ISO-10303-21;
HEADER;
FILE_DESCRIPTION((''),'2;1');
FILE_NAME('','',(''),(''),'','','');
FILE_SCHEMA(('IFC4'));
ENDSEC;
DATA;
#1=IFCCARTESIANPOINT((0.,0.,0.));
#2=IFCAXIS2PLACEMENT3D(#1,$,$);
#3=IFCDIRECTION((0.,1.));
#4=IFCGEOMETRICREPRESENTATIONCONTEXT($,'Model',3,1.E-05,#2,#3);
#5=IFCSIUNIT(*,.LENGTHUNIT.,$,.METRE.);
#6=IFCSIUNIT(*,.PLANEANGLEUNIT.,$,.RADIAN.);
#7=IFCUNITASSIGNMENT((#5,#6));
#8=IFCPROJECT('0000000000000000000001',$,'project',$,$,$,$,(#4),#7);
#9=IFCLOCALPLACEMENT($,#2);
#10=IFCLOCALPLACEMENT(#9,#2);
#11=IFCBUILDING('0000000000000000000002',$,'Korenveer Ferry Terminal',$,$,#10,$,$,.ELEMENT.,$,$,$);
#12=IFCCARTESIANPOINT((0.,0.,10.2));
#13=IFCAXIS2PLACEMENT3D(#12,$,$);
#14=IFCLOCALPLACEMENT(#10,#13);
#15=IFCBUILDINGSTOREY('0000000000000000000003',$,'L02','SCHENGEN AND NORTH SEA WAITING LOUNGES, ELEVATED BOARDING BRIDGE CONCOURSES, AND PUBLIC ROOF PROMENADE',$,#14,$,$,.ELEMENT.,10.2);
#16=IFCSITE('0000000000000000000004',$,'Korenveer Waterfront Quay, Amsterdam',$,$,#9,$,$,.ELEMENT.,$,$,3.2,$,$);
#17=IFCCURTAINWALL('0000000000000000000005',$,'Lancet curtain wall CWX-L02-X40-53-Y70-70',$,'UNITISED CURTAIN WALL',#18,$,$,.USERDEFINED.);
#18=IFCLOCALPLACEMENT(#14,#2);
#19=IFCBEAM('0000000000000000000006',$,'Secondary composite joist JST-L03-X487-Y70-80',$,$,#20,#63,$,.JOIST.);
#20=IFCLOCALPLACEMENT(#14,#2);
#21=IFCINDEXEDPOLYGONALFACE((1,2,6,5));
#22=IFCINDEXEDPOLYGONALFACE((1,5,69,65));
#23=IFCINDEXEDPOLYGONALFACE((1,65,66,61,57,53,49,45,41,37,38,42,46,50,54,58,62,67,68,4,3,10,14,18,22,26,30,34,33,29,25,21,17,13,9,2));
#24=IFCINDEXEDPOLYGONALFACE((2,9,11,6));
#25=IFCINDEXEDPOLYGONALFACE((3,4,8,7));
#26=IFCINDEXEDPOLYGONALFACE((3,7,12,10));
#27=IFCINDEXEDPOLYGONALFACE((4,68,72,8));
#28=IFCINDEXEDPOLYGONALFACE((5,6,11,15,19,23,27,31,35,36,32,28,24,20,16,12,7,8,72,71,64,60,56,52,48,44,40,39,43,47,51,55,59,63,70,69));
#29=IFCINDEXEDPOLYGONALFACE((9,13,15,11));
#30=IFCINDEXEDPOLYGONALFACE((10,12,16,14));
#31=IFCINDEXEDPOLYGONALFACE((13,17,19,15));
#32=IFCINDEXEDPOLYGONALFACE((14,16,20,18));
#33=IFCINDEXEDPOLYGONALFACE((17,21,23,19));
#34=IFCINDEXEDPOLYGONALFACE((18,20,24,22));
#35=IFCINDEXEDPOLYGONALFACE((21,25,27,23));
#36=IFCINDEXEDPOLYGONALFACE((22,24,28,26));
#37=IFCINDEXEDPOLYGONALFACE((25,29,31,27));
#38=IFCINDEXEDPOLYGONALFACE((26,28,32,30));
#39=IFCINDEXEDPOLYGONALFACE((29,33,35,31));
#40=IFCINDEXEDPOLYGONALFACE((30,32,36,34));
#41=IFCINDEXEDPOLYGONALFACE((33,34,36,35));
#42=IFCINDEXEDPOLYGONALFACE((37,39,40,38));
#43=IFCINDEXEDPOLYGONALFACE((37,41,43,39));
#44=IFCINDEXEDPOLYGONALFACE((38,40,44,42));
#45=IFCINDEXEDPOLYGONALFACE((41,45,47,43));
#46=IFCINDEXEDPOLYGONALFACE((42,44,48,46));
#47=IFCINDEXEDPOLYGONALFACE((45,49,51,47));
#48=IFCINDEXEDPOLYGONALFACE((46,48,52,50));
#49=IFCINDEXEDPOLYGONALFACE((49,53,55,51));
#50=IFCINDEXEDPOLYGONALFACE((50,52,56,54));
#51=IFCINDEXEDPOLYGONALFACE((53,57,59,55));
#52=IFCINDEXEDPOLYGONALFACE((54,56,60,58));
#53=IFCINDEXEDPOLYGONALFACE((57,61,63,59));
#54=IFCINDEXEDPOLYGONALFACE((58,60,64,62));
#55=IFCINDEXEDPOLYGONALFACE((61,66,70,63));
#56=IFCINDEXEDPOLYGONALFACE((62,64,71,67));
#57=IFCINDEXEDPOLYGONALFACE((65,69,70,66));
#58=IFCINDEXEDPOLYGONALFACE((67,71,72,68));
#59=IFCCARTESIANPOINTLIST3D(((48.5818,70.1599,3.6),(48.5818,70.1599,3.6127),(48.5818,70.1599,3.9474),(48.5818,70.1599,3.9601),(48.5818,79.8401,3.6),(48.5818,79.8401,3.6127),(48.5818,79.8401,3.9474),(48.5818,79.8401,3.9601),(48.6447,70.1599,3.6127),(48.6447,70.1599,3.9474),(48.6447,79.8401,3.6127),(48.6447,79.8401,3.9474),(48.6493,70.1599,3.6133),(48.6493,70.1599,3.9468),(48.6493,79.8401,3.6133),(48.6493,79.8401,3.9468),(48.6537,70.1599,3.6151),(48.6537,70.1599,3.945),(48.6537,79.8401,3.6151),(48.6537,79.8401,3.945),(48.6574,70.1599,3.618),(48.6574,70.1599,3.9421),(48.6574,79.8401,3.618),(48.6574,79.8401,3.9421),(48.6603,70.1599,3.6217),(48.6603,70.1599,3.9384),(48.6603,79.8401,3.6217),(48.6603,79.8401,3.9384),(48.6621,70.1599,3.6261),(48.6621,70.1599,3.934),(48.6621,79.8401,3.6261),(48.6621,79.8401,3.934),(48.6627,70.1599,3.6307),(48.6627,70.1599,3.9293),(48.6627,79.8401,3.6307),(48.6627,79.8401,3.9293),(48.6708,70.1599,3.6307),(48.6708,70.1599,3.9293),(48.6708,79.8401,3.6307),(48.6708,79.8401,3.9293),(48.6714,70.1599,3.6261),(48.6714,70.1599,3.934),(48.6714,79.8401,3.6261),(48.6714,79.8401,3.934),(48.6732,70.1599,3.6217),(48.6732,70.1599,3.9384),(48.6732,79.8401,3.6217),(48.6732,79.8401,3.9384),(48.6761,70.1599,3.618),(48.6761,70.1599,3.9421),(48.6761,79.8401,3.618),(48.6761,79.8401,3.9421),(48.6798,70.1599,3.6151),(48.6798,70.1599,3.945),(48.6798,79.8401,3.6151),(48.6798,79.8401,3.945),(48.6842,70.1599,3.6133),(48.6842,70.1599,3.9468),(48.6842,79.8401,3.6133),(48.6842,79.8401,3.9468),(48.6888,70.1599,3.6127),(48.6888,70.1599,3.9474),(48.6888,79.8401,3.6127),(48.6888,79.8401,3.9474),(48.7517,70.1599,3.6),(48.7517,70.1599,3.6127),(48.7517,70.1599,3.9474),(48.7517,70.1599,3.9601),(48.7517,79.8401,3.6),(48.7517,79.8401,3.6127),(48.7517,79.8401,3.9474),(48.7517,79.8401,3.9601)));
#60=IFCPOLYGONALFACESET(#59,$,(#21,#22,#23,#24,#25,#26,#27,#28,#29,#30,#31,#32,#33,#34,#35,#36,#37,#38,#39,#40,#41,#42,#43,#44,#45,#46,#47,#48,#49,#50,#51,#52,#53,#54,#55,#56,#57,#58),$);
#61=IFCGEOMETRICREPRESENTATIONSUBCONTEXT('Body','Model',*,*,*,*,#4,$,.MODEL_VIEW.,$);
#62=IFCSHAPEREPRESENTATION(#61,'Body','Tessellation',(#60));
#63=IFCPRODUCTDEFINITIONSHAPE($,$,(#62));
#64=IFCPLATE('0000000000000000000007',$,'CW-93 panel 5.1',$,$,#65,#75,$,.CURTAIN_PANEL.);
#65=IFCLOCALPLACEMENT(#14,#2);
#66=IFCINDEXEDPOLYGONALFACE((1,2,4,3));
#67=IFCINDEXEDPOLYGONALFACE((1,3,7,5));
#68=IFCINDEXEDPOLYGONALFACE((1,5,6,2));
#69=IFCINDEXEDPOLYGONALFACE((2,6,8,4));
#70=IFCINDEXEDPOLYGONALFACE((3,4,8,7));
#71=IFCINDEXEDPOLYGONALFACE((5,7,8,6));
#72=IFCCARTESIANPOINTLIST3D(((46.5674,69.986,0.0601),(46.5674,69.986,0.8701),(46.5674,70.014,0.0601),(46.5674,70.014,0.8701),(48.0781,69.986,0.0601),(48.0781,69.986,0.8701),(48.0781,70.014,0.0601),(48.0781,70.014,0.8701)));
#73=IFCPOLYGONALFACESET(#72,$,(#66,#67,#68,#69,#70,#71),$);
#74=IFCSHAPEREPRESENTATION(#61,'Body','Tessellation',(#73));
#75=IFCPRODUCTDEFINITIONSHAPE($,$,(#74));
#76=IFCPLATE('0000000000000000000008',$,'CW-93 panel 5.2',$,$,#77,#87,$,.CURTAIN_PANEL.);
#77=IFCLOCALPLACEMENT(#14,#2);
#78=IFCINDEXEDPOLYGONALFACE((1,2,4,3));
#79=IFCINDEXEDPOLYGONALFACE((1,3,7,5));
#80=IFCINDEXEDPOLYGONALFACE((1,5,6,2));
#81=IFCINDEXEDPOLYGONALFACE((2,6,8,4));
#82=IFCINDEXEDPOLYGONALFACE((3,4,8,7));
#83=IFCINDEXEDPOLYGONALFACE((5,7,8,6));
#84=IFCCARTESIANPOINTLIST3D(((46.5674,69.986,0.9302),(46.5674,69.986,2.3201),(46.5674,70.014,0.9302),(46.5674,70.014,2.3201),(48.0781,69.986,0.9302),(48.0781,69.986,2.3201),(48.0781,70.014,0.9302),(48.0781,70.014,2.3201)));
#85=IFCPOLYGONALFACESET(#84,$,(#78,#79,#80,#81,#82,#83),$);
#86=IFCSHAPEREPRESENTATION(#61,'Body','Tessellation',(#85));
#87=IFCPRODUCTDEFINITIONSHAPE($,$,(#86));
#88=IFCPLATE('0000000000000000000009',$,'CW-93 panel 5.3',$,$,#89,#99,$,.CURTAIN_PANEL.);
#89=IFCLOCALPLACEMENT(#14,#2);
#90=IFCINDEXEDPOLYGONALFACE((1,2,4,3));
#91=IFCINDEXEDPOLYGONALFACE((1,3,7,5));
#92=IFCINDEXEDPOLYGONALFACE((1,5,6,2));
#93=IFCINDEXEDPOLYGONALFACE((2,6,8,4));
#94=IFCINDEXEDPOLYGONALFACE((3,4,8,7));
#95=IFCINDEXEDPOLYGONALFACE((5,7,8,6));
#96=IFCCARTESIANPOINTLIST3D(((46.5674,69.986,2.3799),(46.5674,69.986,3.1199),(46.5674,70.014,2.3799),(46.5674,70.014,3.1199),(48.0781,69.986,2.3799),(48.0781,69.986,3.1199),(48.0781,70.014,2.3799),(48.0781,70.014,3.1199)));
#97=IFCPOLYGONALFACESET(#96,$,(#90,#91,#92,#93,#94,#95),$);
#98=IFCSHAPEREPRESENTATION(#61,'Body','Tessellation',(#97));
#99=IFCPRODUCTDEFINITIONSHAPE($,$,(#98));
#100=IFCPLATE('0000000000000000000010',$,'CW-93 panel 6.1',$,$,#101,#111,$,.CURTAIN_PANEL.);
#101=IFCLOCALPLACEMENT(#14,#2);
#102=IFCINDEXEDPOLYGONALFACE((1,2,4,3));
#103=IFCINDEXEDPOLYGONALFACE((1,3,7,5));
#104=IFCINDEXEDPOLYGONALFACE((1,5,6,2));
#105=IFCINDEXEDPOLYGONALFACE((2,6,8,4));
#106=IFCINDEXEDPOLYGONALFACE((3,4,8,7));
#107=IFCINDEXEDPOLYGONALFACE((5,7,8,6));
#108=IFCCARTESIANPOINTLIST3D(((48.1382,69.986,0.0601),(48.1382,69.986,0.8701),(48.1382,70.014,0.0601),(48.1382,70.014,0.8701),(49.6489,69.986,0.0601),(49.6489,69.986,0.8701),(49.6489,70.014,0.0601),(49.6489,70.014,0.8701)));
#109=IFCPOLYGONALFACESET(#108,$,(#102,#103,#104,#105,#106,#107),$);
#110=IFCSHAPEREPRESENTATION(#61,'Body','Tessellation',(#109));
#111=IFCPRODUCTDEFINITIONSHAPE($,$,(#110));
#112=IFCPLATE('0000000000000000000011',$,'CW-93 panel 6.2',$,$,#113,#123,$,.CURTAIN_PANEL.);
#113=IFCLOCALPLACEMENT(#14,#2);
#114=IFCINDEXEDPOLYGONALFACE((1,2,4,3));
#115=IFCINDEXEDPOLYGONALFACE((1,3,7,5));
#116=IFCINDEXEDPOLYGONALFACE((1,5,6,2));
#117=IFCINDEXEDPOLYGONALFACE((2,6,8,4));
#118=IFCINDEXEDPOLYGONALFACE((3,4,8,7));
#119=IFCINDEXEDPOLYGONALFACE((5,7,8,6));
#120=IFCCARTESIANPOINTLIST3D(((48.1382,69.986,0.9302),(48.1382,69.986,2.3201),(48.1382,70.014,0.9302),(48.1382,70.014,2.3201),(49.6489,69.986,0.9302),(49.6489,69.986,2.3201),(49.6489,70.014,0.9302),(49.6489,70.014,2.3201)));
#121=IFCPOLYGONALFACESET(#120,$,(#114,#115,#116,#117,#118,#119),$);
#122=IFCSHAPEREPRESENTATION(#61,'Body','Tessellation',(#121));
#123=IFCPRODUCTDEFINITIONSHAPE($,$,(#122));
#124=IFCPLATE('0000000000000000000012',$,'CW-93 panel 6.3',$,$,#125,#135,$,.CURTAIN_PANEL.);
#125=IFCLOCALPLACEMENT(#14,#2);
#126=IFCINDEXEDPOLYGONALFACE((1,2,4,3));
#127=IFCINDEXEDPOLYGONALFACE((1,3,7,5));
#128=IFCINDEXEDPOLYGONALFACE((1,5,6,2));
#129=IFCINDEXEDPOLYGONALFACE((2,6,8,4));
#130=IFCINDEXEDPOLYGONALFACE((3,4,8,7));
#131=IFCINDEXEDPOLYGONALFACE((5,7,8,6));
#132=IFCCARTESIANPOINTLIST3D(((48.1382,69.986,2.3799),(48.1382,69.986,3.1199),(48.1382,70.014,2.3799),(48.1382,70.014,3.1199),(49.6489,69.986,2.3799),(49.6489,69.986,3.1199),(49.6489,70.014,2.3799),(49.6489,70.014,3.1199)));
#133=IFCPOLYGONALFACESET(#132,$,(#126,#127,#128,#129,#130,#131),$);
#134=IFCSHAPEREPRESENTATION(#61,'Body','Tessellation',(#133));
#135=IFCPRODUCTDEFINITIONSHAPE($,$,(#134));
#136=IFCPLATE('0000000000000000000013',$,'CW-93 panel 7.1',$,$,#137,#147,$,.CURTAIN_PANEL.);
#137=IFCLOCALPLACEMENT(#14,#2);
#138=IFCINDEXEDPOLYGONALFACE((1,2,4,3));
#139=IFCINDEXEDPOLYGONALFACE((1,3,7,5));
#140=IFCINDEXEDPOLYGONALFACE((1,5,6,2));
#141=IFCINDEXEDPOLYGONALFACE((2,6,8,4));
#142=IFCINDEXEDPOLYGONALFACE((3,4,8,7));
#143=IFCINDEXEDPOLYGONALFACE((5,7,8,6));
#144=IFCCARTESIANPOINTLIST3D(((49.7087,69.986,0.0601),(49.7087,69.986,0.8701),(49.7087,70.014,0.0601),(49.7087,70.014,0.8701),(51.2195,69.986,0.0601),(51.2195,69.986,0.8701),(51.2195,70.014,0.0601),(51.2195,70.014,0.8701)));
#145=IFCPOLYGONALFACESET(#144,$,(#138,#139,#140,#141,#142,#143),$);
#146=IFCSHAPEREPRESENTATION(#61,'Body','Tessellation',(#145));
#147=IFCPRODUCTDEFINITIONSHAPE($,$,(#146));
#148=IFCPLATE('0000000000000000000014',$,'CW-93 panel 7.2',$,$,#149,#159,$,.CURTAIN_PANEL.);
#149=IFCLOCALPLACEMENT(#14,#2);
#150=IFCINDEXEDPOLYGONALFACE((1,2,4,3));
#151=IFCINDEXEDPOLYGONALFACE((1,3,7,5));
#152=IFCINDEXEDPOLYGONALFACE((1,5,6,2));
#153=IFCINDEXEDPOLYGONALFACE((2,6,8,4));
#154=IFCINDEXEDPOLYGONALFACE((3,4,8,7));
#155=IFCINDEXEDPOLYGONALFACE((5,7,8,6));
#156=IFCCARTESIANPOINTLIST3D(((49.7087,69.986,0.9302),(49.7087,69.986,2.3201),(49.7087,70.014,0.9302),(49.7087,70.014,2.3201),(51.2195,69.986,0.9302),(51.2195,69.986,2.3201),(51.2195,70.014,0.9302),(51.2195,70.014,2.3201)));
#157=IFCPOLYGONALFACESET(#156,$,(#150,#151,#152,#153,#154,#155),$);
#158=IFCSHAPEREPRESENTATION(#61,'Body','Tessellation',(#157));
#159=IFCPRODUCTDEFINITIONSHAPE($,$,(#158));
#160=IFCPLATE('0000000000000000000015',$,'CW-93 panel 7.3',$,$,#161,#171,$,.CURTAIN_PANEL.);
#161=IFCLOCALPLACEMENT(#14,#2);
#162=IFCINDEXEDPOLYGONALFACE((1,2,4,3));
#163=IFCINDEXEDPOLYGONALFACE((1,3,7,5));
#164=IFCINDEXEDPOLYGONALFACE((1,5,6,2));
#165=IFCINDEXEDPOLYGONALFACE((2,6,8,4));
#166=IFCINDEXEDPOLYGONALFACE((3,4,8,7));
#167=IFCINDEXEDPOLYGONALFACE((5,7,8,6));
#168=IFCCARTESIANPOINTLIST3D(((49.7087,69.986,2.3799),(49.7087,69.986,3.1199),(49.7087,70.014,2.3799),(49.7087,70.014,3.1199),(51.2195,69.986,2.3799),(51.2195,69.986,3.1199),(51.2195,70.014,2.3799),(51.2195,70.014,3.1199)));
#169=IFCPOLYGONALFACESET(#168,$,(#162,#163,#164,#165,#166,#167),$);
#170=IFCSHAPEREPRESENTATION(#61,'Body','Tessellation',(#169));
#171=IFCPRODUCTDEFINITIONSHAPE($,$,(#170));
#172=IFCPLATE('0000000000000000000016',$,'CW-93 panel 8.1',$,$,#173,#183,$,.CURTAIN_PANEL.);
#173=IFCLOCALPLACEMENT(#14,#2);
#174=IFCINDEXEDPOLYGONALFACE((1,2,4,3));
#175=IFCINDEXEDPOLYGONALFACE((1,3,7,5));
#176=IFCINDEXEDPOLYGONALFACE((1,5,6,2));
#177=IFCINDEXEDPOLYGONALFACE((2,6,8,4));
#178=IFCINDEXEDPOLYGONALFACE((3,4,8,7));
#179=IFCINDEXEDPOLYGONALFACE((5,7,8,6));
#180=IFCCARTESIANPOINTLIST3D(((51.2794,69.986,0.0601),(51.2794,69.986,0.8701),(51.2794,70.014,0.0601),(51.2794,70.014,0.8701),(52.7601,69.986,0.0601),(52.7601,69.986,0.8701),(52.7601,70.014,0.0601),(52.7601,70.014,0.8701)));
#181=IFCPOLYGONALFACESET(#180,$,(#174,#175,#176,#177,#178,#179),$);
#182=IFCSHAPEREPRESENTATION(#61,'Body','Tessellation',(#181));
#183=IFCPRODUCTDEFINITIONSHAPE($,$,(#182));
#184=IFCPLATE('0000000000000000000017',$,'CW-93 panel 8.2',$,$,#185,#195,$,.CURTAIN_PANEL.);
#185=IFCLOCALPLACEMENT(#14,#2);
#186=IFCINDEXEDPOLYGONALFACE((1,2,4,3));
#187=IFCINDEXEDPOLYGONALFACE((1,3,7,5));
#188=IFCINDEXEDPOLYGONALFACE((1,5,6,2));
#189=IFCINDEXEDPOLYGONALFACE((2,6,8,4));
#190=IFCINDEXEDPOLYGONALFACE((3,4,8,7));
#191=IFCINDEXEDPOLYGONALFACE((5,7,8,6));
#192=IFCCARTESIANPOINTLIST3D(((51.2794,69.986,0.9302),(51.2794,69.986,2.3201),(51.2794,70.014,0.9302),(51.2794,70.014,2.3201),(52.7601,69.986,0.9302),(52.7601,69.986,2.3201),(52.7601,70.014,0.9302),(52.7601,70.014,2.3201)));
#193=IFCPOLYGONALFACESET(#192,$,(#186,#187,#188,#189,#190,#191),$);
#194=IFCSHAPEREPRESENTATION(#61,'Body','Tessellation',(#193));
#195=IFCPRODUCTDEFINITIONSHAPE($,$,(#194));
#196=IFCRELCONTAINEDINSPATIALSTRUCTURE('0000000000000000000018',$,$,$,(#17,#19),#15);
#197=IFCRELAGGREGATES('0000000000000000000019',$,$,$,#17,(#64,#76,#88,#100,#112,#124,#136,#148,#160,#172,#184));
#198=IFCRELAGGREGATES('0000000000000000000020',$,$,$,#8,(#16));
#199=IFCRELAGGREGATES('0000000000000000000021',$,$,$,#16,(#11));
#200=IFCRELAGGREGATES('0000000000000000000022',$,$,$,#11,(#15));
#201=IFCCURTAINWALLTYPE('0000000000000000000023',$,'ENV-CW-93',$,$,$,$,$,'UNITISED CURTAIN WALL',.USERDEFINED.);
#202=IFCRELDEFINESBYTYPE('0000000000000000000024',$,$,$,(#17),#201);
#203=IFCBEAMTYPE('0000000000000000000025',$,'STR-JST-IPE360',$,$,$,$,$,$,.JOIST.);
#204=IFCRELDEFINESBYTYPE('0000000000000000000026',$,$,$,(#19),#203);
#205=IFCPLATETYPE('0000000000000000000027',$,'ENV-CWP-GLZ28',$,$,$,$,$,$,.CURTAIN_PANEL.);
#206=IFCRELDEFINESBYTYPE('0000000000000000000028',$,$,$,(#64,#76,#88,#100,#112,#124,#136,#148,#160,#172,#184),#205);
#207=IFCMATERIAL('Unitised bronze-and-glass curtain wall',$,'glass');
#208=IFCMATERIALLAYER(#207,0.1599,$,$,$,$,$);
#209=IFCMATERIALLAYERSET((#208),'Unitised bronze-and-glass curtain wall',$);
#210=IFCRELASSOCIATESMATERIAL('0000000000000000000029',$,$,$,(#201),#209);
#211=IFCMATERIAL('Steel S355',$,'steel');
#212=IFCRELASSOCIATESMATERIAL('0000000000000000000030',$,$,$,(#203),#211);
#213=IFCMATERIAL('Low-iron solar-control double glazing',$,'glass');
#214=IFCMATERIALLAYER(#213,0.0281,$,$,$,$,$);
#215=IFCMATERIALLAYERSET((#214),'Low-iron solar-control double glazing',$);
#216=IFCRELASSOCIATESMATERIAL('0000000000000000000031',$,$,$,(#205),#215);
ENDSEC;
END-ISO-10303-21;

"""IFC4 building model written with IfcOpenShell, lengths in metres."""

from ifc_helpers import new_model, si_unit, direction, frame, origin, origin_2d, place, context, subcontext, project, spatial, rectangle, i_section, extrude, material, layer, layer_set, material_profile, profile_set, type_object, element, aggregate, save


model = new_model("IFC4")

# Units and contexts
model_context = context("Model", 3, precision=1e-05, world=origin(), true_north=direction((0.0, 1.0)))
body_context = subcontext(model_context, "Body", "Model", "MODEL_VIEW")
ifc_project = project(units=[si_unit("LENGTHUNIT", "METRE"), si_unit("PLANEANGLEUNIT", "RADIAN")], contexts=[model_context])

# Site, building, storey
site_placement = place(None, origin())
site = spatial("IfcSite", under=ifc_project, at=site_placement, Name="Korenveer Waterfront Quay, Amsterdam", CompositionType="ELEMENT", RefElevation=3.2)
building_placement = place(site_placement, origin())
building = spatial("IfcBuilding", under=site, at=building_placement, Name="Korenveer Ferry Terminal", CompositionType="ELEMENT")
storey_placement = place(building_placement, frame((0.0, 0.0, 10.2)))
storey = spatial("IfcBuildingStorey", under=building, at=storey_placement, Name="L02", Description="SCHENGEN AND NORTH SEA WAITING LOUNGES, ELEVATED BOARDING BRIDGE CONCOURSES, AND PUBLIC ROOF PROMENADE", CompositionType="ELEMENT", Elevation=10.2)

# Shared definitions
ifc_material_1 = material(Name="Steel S355", Category="steel")

# Curtain wall
ifc_material_2 = material(Name="Unitised bronze-and-glass curtain wall", Category="glass")
ifc_layer_1 = layer(ifc_material_2, 0.1599)
ifc_layer_set_1 = layer_set([ifc_layer_1], Name="Unitised bronze-and-glass curtain wall")
curtain_wall_type = type_object("IfcCurtainWallType", Name="ENV-CW-93", ElementType="UNITISED CURTAIN WALL", PredefinedType="USERDEFINED", material=ifc_layer_set_1)
curtain_wall_placement = place(storey_placement, frame((40.2549, 70.0, 0.0)))
curtain_wall = element("IfcCurtainWall", 1, at=curtain_wall_placement, inside=storey, type_object=curtain_wall_type, Name="Lancet curtain wall CWX-L02-X40-53-Y70-70", ObjectType="UNITISED CURTAIN WALL", PredefinedType="USERDEFINED")

# Beam
ifc_material_profile_1 = material_profile(ifc_material_1, i_section(OverallWidth=0.1699, OverallDepth=0.3601, WebThickness=0.0081, FlangeThickness=0.0127, FilletRadius=0.0181, at=origin_2d()), Name="IPE 360")
ifc_profile_set_1 = profile_set([ifc_material_profile_1], Name="Steel S355")
beam_type_1 = type_object("IfcBeamType", Name="STR-JST-IPE360", PredefinedType="JOIST", material=ifc_profile_set_1)
beam_1_placement = place(storey_placement, frame((48.6667, 70.1599, 3.78), z_axis=(0.0, 1.0, 0.0), x_axis=(-1.0, 0.0, 0.0)))
element("IfcBeam", 2, at=beam_1_placement, inside=storey, type_object=beam_type_1, Name="Secondary composite joist JST-L03-X487-Y70-80", PredefinedType="JOIST", context=body_context, shape_type="SweptSolid", body=[
    extrude(i_section(OverallWidth=0.1699, OverallDepth=0.3601, WebThickness=0.0081, FlangeThickness=0.0127, FilletRadius=0.0181, at=origin_2d()), origin(), (0.0, 0.0, 1.0), 9.6802),
])

# Plates
ifc_material_3 = material(Name="Low-iron solar-control double glazing", Category="glass")
ifc_layer_2 = layer(ifc_material_3, 0.0281)
ifc_layer_set_2 = layer_set([ifc_layer_2], Name="Low-iron solar-control double glazing")
plate_type = type_object("IfcPlateType", Name="ENV-CWP-GLZ28", PredefinedType="CURTAIN_PANEL", material=ifc_layer_set_2)
plate_1_placement = place(storey_placement, frame((47.3228, 70.0, 0.0601), z_axis=(0.0, 0.0, 1.0), x_axis=(1.0, 0.0, 0.0)))
plate_1 = element("IfcPlate", 3, at=plate_1_placement, type_object=plate_type, Name="CW-93 panel 5.1", PredefinedType="CURTAIN_PANEL", context=body_context, shape_type="SweptSolid", body=[
    extrude(rectangle(XDim=1.5107, YDim=0.0281, at=origin_2d()), origin(), (0.0, 0.0, 1.0), 0.8101),
])
plate_2_placement = place(storey_placement, frame((47.3228, 70.0, 0.9302), z_axis=(0.0, 0.0, 1.0), x_axis=(1.0, 0.0, 0.0)))
plate_2 = element("IfcPlate", 4, at=plate_2_placement, type_object=plate_type, Name="CW-93 panel 5.2", PredefinedType="CURTAIN_PANEL", context=body_context, shape_type="SweptSolid", body=[
    extrude(rectangle(XDim=1.5107, YDim=0.0281, at=origin_2d()), origin(), (0.0, 0.0, 1.0), 1.3899),
])
plate_3_placement = place(storey_placement, frame((47.3228, 70.0, 2.3799), z_axis=(0.0, 0.0, 1.0), x_axis=(1.0, 0.0, 0.0)))
plate_3 = element("IfcPlate", 5, at=plate_3_placement, type_object=plate_type, Name="CW-93 panel 5.3", PredefinedType="CURTAIN_PANEL", context=body_context, shape_type="SweptSolid", body=[
    extrude(rectangle(XDim=1.5107, YDim=0.0281, at=origin_2d()), origin(), (0.0, 0.0, 1.0), 0.74),
])
plate_4_placement = place(storey_placement, frame((48.8936, 70.0, 0.0601), z_axis=(0.0, 0.0, 1.0), x_axis=(1.0, 0.0, 0.0)))
plate_4 = element("IfcPlate", 6, at=plate_4_placement, type_object=plate_type, Name="CW-93 panel 6.1", PredefinedType="CURTAIN_PANEL", context=body_context, shape_type="SweptSolid", body=[
    extrude(rectangle(XDim=1.5107, YDim=0.0281, at=origin_2d()), origin(), (0.0, 0.0, 1.0), 0.8101),
])
plate_5_placement = place(storey_placement, frame((48.8936, 70.0, 0.9302), z_axis=(0.0, 0.0, 1.0), x_axis=(1.0, 0.0, 0.0)))
plate_5 = element("IfcPlate", 7, at=plate_5_placement, type_object=plate_type, Name="CW-93 panel 6.2", PredefinedType="CURTAIN_PANEL", context=body_context, shape_type="SweptSolid", body=[
    extrude(rectangle(XDim=1.5107, YDim=0.0281, at=origin_2d()), origin(), (0.0, 0.0, 1.0), 1.3899),
])
plate_6_placement = place(storey_placement, frame((48.8936, 70.0, 2.3799), z_axis=(0.0, 0.0, 1.0), x_axis=(1.0, 0.0, 0.0)))
plate_6 = element("IfcPlate", 8, at=plate_6_placement, type_object=plate_type, Name="CW-93 panel 6.3", PredefinedType="CURTAIN_PANEL", context=body_context, shape_type="SweptSolid", body=[
    extrude(rectangle(XDim=1.5107, YDim=0.0281, at=origin_2d()), origin(), (0.0, 0.0, 1.0), 0.74),
])
plate_7_placement = place(storey_placement, frame((50.4641, 70.0, 0.0601), z_axis=(0.0, 0.0, 1.0), x_axis=(1.0, 0.0, 0.0)))
plate_7 = element("IfcPlate", 9, at=plate_7_placement, type_object=plate_type, Name="CW-93 panel 7.1", PredefinedType="CURTAIN_PANEL", context=body_context, shape_type="SweptSolid", body=[
    extrude(rectangle(XDim=1.5107, YDim=0.0281, at=origin_2d()), origin(), (0.0, 0.0, 1.0), 0.8101),
])
plate_8_placement = place(storey_placement, frame((50.4641, 70.0, 0.9302), z_axis=(0.0, 0.0, 1.0), x_axis=(1.0, 0.0, 0.0)))
plate_8 = element("IfcPlate", 10, at=plate_8_placement, type_object=plate_type, Name="CW-93 panel 7.2", PredefinedType="CURTAIN_PANEL", context=body_context, shape_type="SweptSolid", body=[
    extrude(rectangle(XDim=1.5107, YDim=0.0281, at=origin_2d()), origin(), (0.0, 0.0, 1.0), 1.3899),
])
plate_9_placement = place(storey_placement, frame((50.4641, 70.0, 2.3799), z_axis=(0.0, 0.0, 1.0), x_axis=(1.0, 0.0, 0.0)))
plate_9 = element("IfcPlate", 11, at=plate_9_placement, type_object=plate_type, Name="CW-93 panel 7.3", PredefinedType="CURTAIN_PANEL", context=body_context, shape_type="SweptSolid", body=[
    extrude(rectangle(XDim=1.5107, YDim=0.0281, at=origin_2d()), origin(), (0.0, 0.0, 1.0), 0.74),
])
plate_10_placement = place(storey_placement, frame((52.0198, 70.0, 0.0601), z_axis=(0.0, 0.0, 1.0), x_axis=(1.0, 0.0, 0.0)))
plate_10 = element("IfcPlate", 12, at=plate_10_placement, type_object=plate_type, Name="CW-93 panel 8.1", PredefinedType="CURTAIN_PANEL", context=body_context, shape_type="SweptSolid", body=[
    extrude(rectangle(XDim=1.4807, YDim=0.0281, at=origin_2d()), origin(), (0.0, 0.0, 1.0), 0.8101),
])
plate_11_placement = place(storey_placement, frame((52.0198, 70.0, 0.9302), z_axis=(0.0, 0.0, 1.0), x_axis=(1.0, 0.0, 0.0)))
plate_11 = element("IfcPlate", 13, at=plate_11_placement, type_object=plate_type, Name="CW-93 panel 8.2", PredefinedType="CURTAIN_PANEL", context=body_context, shape_type="SweptSolid", body=[
    extrude(rectangle(XDim=1.4807, YDim=0.0281, at=origin_2d()), origin(), (0.0, 0.0, 1.0), 1.3899),
])
aggregate(curtain_wall, [plate_1, plate_2, plate_3, plate_4, plate_5, plate_6, plate_7, plate_8, plate_9, plate_10, plate_11])

save(model, "model.ifc")
